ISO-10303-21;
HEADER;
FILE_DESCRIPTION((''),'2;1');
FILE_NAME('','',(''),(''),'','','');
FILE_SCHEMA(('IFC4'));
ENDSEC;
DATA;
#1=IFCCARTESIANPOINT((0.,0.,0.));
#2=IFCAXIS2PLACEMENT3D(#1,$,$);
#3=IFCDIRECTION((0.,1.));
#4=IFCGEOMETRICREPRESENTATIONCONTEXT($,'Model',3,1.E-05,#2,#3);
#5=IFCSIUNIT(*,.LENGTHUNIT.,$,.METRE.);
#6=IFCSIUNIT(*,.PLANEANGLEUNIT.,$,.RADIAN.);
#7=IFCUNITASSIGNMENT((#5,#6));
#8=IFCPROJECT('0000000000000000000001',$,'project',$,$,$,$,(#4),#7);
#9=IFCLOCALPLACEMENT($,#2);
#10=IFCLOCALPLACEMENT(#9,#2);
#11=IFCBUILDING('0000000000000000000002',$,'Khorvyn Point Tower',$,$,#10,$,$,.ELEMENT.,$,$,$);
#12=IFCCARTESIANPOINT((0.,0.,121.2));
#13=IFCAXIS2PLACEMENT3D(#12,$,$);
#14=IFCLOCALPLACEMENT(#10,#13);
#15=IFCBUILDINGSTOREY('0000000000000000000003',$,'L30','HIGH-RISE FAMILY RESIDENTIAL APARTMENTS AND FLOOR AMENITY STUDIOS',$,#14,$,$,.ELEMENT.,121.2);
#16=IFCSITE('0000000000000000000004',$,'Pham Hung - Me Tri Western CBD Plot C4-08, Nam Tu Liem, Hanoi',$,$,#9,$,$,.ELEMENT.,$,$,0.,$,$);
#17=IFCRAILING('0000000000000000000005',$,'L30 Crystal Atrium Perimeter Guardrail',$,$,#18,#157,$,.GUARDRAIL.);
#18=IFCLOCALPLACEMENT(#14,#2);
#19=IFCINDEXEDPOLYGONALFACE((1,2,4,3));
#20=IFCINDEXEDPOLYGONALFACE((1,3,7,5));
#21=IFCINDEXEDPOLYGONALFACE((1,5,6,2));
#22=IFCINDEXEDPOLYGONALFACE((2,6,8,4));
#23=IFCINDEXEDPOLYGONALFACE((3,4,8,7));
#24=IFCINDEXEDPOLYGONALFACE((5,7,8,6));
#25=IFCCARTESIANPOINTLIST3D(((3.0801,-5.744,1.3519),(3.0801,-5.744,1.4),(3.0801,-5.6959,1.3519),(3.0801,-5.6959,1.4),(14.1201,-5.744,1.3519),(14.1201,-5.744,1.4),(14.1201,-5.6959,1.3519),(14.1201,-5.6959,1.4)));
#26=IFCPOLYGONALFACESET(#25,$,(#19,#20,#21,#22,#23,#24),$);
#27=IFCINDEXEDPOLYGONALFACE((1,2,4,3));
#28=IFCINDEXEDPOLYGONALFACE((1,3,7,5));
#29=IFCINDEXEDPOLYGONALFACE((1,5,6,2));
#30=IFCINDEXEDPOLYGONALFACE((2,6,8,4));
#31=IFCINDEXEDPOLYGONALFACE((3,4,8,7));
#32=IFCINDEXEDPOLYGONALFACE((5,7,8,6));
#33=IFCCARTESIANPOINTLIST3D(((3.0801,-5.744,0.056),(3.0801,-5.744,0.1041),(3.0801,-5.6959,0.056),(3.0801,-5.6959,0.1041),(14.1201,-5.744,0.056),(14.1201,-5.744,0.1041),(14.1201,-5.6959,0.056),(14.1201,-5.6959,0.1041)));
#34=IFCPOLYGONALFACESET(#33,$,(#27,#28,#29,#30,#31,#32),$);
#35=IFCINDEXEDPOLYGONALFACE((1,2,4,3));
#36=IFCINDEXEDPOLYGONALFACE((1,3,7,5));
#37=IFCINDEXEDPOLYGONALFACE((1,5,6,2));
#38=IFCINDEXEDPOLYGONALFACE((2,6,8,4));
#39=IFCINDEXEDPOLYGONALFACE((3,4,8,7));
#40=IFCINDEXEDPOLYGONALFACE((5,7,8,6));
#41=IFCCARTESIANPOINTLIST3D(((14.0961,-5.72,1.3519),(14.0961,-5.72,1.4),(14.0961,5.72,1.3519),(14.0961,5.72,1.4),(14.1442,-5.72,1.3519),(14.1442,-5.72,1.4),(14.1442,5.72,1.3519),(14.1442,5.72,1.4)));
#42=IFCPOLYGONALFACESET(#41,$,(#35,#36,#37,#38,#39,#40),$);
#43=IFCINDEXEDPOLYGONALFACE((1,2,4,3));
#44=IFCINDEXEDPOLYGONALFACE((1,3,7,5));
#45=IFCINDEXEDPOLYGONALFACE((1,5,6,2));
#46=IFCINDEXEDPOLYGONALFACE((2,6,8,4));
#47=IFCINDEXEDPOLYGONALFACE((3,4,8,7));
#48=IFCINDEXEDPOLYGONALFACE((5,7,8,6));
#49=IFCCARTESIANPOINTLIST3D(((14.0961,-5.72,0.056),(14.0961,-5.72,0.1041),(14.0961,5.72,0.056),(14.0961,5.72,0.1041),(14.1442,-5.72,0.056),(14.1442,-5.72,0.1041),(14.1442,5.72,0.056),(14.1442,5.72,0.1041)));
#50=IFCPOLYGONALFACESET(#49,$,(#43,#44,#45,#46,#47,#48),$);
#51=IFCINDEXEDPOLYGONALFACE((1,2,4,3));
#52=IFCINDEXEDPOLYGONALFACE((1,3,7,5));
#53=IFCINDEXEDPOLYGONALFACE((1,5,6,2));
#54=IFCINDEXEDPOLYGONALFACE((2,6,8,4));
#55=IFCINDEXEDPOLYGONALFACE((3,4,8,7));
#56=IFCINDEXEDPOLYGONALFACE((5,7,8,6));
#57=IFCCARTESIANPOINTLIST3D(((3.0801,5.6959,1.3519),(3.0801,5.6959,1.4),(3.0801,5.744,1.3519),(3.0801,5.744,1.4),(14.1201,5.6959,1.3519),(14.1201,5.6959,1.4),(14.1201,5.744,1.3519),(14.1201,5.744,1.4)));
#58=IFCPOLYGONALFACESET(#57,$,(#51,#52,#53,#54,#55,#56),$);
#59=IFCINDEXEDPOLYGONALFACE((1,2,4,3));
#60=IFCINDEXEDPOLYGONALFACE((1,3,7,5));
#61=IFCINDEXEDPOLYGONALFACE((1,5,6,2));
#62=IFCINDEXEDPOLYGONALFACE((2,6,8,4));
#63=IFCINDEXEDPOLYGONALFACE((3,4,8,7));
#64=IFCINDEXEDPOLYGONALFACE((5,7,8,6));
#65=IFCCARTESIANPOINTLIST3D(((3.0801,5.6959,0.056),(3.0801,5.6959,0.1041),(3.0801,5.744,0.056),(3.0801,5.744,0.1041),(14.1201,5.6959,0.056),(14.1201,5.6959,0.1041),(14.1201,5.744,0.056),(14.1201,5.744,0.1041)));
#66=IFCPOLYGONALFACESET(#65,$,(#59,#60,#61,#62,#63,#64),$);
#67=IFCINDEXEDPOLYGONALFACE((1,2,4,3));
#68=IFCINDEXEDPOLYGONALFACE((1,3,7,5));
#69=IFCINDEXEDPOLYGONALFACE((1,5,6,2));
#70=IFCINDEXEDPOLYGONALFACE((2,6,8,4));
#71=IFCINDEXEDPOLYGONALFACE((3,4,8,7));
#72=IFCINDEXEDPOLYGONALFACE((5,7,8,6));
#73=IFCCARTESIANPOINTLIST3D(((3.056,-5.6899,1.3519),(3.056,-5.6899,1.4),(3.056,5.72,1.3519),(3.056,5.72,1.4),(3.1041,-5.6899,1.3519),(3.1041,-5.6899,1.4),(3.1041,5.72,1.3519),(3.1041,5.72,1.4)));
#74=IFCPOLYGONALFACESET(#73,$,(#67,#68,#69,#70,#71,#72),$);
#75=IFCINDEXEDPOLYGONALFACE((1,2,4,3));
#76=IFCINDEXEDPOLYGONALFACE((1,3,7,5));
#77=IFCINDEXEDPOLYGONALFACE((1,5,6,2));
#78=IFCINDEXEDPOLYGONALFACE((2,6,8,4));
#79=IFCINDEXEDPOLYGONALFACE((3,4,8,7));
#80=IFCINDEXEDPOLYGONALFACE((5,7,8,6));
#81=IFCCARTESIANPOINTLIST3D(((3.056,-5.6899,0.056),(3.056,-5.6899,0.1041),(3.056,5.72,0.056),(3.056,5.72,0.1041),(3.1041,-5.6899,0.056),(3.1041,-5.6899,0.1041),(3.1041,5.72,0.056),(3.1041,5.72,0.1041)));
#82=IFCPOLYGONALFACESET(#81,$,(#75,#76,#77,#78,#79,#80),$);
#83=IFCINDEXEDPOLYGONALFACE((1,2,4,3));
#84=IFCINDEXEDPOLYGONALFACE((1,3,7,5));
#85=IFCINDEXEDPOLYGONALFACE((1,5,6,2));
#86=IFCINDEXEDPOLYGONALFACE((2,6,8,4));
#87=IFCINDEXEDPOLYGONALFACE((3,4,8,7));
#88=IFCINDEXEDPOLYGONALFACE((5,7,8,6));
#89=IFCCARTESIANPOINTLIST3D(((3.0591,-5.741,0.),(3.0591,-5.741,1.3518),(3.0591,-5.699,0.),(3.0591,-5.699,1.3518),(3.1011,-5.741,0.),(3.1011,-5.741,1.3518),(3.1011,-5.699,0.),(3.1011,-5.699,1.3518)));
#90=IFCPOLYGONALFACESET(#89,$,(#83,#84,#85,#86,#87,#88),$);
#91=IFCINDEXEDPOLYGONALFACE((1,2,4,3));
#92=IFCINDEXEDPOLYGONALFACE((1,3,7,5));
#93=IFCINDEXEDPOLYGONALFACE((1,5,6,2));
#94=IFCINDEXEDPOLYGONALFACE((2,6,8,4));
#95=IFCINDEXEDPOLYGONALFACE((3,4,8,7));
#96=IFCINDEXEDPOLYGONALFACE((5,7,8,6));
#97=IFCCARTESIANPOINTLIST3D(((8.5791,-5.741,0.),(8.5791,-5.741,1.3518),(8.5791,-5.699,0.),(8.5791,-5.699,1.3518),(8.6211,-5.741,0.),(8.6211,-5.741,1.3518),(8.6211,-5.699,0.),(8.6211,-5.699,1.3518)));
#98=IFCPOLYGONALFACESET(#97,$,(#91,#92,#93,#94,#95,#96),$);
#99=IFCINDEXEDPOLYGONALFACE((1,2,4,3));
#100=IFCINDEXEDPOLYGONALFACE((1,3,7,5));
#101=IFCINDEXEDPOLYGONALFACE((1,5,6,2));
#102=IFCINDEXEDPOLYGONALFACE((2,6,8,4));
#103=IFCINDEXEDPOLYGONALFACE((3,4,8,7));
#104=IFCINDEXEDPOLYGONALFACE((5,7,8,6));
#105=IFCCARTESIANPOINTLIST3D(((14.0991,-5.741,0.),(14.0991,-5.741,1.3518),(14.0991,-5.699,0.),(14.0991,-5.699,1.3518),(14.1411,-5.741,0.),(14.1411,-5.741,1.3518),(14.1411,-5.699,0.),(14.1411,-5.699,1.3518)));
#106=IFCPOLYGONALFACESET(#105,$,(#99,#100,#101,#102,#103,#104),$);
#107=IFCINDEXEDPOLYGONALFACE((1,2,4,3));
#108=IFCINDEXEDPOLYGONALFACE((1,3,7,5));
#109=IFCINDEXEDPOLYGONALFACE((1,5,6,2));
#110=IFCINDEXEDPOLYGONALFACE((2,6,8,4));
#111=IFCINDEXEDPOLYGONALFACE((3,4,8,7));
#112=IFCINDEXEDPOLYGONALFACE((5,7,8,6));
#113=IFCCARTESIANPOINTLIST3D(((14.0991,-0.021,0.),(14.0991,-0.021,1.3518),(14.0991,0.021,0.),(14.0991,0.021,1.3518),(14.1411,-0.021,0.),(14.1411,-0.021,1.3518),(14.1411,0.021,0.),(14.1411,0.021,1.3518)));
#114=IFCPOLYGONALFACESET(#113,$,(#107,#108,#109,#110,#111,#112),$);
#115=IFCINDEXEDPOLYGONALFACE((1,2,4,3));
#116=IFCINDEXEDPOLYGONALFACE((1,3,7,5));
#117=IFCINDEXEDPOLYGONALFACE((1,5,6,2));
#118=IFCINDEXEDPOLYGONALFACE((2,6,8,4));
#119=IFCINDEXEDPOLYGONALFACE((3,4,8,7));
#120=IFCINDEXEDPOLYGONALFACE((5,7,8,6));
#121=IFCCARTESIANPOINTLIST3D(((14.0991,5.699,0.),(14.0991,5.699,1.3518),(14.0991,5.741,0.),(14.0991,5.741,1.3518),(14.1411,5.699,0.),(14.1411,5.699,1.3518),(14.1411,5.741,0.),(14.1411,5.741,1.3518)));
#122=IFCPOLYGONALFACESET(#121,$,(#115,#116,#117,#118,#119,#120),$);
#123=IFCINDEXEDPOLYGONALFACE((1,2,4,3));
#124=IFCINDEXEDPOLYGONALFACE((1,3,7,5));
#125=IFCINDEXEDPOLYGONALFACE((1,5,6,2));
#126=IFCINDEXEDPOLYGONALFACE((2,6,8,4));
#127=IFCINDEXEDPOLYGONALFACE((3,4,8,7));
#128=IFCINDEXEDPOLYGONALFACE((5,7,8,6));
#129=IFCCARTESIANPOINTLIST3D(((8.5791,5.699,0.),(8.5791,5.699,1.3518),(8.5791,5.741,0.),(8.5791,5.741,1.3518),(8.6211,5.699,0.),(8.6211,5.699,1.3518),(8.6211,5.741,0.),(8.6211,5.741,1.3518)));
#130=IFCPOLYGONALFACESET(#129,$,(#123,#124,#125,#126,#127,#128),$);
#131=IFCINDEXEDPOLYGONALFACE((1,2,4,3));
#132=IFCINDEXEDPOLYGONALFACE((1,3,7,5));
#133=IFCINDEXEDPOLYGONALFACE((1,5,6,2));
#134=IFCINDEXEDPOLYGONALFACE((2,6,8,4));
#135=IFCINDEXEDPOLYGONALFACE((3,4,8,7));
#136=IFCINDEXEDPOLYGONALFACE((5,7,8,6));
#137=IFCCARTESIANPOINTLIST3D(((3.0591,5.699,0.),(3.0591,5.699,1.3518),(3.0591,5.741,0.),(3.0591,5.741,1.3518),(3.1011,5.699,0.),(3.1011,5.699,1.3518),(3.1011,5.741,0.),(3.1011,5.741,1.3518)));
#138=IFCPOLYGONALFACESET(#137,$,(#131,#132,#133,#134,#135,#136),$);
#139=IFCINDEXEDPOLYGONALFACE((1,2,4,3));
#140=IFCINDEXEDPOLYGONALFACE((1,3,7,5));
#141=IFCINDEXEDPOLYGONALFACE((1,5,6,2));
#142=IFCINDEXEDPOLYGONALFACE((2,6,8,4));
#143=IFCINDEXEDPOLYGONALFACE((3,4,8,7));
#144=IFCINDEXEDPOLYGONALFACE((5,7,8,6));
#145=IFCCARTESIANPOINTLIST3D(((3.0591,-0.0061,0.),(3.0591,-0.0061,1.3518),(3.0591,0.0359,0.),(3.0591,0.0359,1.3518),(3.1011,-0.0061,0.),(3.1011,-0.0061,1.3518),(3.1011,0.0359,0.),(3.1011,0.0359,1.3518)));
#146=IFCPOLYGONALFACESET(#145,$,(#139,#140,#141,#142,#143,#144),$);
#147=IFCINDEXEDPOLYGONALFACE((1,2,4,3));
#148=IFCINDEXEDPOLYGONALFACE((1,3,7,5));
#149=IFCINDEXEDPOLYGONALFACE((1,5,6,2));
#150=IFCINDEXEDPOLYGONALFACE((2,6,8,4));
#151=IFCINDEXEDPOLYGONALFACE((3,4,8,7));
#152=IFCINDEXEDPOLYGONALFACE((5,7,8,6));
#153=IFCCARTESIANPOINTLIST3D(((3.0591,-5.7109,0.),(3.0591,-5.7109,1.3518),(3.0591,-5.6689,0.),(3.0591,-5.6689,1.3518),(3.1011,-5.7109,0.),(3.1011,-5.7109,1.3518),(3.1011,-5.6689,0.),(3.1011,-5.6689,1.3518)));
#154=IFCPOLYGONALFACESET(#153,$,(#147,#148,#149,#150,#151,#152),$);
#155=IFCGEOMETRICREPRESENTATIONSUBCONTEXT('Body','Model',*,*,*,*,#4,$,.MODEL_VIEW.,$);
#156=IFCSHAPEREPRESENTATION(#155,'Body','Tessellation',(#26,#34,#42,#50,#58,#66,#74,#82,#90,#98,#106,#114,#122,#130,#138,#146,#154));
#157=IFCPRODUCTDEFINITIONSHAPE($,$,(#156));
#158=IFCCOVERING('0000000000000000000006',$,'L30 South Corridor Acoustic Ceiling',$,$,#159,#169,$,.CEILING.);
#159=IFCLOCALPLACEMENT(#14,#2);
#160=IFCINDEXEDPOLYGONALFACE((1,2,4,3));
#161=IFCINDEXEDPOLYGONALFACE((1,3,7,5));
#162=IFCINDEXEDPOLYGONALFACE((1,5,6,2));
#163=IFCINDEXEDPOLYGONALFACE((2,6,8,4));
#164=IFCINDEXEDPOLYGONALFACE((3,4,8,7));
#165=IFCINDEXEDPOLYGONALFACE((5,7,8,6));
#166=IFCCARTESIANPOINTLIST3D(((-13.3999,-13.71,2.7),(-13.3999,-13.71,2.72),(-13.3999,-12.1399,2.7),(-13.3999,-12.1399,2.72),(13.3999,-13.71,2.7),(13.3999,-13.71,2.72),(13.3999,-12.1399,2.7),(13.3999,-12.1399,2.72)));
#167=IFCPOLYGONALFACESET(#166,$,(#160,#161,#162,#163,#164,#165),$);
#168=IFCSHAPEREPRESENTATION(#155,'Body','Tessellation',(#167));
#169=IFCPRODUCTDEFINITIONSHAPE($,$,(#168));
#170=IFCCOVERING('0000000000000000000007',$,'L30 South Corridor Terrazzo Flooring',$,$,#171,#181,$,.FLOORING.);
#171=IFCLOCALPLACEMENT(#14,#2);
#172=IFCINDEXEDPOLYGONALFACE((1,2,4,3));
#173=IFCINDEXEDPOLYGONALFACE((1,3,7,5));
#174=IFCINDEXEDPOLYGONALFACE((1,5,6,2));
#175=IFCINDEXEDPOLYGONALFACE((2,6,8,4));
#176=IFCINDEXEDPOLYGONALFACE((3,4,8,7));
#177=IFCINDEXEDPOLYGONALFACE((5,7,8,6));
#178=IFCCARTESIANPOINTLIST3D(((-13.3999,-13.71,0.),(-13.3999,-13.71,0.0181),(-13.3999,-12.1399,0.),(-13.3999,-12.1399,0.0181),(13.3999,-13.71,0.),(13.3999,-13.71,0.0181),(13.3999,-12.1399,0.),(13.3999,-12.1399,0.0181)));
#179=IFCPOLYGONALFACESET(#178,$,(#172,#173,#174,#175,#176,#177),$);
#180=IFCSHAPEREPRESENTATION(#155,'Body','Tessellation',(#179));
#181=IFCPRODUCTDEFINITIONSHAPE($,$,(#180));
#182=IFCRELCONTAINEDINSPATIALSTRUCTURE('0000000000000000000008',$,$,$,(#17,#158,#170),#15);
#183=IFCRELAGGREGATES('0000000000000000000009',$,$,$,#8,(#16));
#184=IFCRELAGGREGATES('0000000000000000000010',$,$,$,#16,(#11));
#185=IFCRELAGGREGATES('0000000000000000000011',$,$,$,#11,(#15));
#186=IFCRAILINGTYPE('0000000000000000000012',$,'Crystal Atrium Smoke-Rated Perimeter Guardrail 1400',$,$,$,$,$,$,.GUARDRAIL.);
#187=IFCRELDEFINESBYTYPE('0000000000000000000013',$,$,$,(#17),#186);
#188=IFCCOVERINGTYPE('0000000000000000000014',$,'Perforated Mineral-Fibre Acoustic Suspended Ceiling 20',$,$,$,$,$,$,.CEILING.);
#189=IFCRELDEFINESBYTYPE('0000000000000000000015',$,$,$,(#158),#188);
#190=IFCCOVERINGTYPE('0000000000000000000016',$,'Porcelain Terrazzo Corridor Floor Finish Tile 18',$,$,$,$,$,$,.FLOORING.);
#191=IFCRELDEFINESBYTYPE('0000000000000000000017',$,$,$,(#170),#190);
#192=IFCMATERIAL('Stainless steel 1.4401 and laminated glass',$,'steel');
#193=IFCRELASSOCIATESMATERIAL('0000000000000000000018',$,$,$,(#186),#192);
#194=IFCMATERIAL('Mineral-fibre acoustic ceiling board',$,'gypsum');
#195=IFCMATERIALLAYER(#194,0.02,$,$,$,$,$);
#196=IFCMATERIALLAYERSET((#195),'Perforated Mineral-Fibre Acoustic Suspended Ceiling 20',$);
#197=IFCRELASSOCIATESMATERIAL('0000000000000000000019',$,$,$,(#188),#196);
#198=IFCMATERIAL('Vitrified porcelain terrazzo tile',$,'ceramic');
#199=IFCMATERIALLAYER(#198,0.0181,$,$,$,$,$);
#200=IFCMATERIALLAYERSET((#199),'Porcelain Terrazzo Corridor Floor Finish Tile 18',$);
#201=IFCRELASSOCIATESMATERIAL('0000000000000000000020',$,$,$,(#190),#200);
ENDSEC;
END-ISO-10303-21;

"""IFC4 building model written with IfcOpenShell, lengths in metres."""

from ifc_helpers import new_model, si_unit, direction, frame, origin, origin_2d, place, context, subcontext, project, spatial, polyline, rectangle, outline, extrude, material, layer, layer_set, type_object, element, save


model = new_model("IFC4")

# Units and contexts
model_context = context("Model", 3, precision=1e-05, world=origin(), true_north=direction((0.0, 1.0)))
body_context = subcontext(model_context, "Body", "Model", "MODEL_VIEW")
ifc_project = project(units=[si_unit("LENGTHUNIT", "METRE"), si_unit("PLANEANGLEUNIT", "RADIAN")], contexts=[model_context])

# Site, building, storey
site_placement = place(None, origin())
site = spatial("IfcSite", under=ifc_project, at=site_placement, Name="Pham Hung - Me Tri Western CBD Plot C4-08, Nam Tu Liem, Hanoi", CompositionType="ELEMENT", RefElevation=0.0)
building_placement = place(site_placement, origin())
building = spatial("IfcBuilding", under=site, at=building_placement, Name="Khorvyn Point Tower", CompositionType="ELEMENT")
storey_placement = place(building_placement, frame((0.0, 0.0, 121.2)))
storey = spatial("IfcBuildingStorey", under=building, at=storey_placement, Name="L30", Description="HIGH-RISE FAMILY RESIDENTIAL APARTMENTS AND FLOOR AMENITY STUDIOS", CompositionType="ELEMENT", Elevation=121.2)

# Railing
ifc_material_1 = material(Name="Stainless steel 1.4401 and laminated glass", Category="steel")
railing_type = type_object("IfcRailingType", Name="Crystal Atrium Smoke-Rated Perimeter Guardrail 1400", PredefinedType="GUARDRAIL", material=ifc_material_1)
railing_placement = place(storey_placement, frame((3.0801, -5.72, 0.0)))
element("IfcRailing", 1, at=railing_placement, inside=storey, type_object=railing_type, Name="L30 Crystal Atrium Perimeter Guardrail", PredefinedType="GUARDRAIL", context=body_context, shape_type="SweptSolid", body=[
    extrude(rectangle(XDim=0.0481, YDim=0.0481, at=origin_2d()), frame((0.0, 0.0, 1.376), z_axis=(1.0, 0.0, 0.0), x_axis=(0.0, 1.0, 0.0)), (0.0, 0.0, 1.0), 11.04),
    extrude(rectangle(XDim=0.0481, YDim=0.0481, at=origin_2d()), frame((0.0, 0.0, 0.0801), z_axis=(1.0, 0.0, 0.0), x_axis=(0.0, 1.0, 0.0)), (0.0, 0.0, 1.0), 11.04),
    extrude(rectangle(XDim=0.0481, YDim=0.0481, at=origin_2d()), frame((11.04, 0.0, 1.376), z_axis=(0.0, 1.0, 0.0), x_axis=(-1.0, 0.0, 0.0)), (0.0, 0.0, 1.0), 11.4399),
    extrude(rectangle(XDim=0.0481, YDim=0.0481, at=origin_2d()), frame((11.04, 0.0, 0.0801), z_axis=(0.0, 1.0, 0.0), x_axis=(-1.0, 0.0, 0.0)), (0.0, 0.0, 1.0), 11.4399),
    extrude(rectangle(XDim=0.0481, YDim=0.0481, at=origin_2d()), frame((11.04, 11.4399, 1.376), z_axis=(-1.0, 0.0, 0.0), x_axis=(0.0, -1.0, 0.0)), (0.0, 0.0, 1.0), 11.04),
    extrude(rectangle(XDim=0.0481, YDim=0.0481, at=origin_2d()), frame((11.04, 11.4399, 0.0801), z_axis=(-1.0, 0.0, 0.0), x_axis=(0.0, -1.0, 0.0)), (0.0, 0.0, 1.0), 11.04),
    extrude(rectangle(XDim=0.0481, YDim=0.0481, at=origin_2d()), frame((0.0, 11.4399, 1.376), z_axis=(0.0, -1.0, 0.0), x_axis=(1.0, 0.0, 0.0)), (0.0, 0.0, 1.0), 11.4099),
    extrude(rectangle(XDim=0.0481, YDim=0.0481, at=origin_2d()), frame((0.0, 11.4399, 0.0801), z_axis=(0.0, -1.0, 0.0), x_axis=(1.0, 0.0, 0.0)), (0.0, 0.0, 1.0), 11.4099),
    extrude(rectangle(XDim=0.042, YDim=0.042, at=origin_2d()), origin(), (0.0, 0.0, 1.0), 1.3518),
    extrude(rectangle(XDim=0.042, YDim=0.042, at=origin_2d()), frame((5.52, 0.0, 0.0)), (0.0, 0.0, 1.0), 1.3518),
    extrude(rectangle(XDim=0.042, YDim=0.042, at=origin_2d()), frame((11.04, 0.0, 0.0)), (0.0, 0.0, 1.0), 1.3518),
    extrude(rectangle(XDim=0.042, YDim=0.042, at=origin_2d()), frame((11.04, 5.72, 0.0)), (0.0, 0.0, 1.0), 1.3518),
    extrude(rectangle(XDim=0.042, YDim=0.042, at=origin_2d()), frame((11.04, 11.4399, 0.0)), (0.0, 0.0, 1.0), 1.3518),
    extrude(rectangle(XDim=0.042, YDim=0.042, at=origin_2d()), frame((5.52, 11.4399, 0.0)), (0.0, 0.0, 1.0), 1.3518),
    extrude(rectangle(XDim=0.042, YDim=0.042, at=origin_2d()), frame((0.0, 11.4399, 0.0)), (0.0, 0.0, 1.0), 1.3518),
    extrude(rectangle(XDim=0.042, YDim=0.042, at=origin_2d()), frame((0.0, 5.7349, 0.0)), (0.0, 0.0, 1.0), 1.3518),
    extrude(rectangle(XDim=0.042, YDim=0.042, at=origin_2d()), frame((0.0, 0.03, 0.0)), (0.0, 0.0, 1.0), 1.3518),
])

# Coverings
ifc_material_2 = material(Name="Mineral-fibre acoustic ceiling board", Category="gypsum")
ifc_layer_1 = layer(ifc_material_2, 0.02)
ifc_layer_set_1 = layer_set([ifc_layer_1], Name="Perforated Mineral-Fibre Acoustic Suspended Ceiling 20")
covering_type_1 = type_object("IfcCoveringType", Name="Perforated Mineral-Fibre Acoustic Suspended Ceiling 20", PredefinedType="CEILING", material=ifc_layer_set_1)
covering_1_placement = place(storey_placement, frame((0.0, 0.0, 2.7)))
element("IfcCovering", 2, at=covering_1_placement, inside=storey, type_object=covering_type_1, Name="L30 South Corridor Acoustic Ceiling", PredefinedType="CEILING", context=body_context, shape_type="SweptSolid", body=[
    extrude(outline(polyline([(-13.3999, -13.71), (13.3999, -13.71), (13.3999, -12.1399), (-13.3999, -12.1399), (-13.3999, -13.71)])), origin(), (0.0, 0.0, 1.0), 0.02),
])
ifc_material_3 = material(Name="Vitrified porcelain terrazzo tile", Category="ceramic")
ifc_layer_2 = layer(ifc_material_3, 0.0181)
ifc_layer_set_2 = layer_set([ifc_layer_2], Name="Porcelain Terrazzo Corridor Floor Finish Tile 18")
covering_type_2 = type_object("IfcCoveringType", Name="Porcelain Terrazzo Corridor Floor Finish Tile 18", PredefinedType="FLOORING", material=ifc_layer_set_2)
covering_2_placement = place(storey_placement, origin())
element("IfcCovering", 3, at=covering_2_placement, inside=storey, type_object=covering_type_2, Name="L30 South Corridor Terrazzo Flooring", PredefinedType="FLOORING", context=body_context, shape_type="SweptSolid", body=[
    extrude(outline(polyline([(-13.3999, -13.71), (13.3999, -13.71), (13.3999, -12.1399), (-13.3999, -12.1399), (-13.3999, -13.71)])), origin(), (0.0, 0.0, 1.0), 0.0181),
])

save(model, "model.ifc")
